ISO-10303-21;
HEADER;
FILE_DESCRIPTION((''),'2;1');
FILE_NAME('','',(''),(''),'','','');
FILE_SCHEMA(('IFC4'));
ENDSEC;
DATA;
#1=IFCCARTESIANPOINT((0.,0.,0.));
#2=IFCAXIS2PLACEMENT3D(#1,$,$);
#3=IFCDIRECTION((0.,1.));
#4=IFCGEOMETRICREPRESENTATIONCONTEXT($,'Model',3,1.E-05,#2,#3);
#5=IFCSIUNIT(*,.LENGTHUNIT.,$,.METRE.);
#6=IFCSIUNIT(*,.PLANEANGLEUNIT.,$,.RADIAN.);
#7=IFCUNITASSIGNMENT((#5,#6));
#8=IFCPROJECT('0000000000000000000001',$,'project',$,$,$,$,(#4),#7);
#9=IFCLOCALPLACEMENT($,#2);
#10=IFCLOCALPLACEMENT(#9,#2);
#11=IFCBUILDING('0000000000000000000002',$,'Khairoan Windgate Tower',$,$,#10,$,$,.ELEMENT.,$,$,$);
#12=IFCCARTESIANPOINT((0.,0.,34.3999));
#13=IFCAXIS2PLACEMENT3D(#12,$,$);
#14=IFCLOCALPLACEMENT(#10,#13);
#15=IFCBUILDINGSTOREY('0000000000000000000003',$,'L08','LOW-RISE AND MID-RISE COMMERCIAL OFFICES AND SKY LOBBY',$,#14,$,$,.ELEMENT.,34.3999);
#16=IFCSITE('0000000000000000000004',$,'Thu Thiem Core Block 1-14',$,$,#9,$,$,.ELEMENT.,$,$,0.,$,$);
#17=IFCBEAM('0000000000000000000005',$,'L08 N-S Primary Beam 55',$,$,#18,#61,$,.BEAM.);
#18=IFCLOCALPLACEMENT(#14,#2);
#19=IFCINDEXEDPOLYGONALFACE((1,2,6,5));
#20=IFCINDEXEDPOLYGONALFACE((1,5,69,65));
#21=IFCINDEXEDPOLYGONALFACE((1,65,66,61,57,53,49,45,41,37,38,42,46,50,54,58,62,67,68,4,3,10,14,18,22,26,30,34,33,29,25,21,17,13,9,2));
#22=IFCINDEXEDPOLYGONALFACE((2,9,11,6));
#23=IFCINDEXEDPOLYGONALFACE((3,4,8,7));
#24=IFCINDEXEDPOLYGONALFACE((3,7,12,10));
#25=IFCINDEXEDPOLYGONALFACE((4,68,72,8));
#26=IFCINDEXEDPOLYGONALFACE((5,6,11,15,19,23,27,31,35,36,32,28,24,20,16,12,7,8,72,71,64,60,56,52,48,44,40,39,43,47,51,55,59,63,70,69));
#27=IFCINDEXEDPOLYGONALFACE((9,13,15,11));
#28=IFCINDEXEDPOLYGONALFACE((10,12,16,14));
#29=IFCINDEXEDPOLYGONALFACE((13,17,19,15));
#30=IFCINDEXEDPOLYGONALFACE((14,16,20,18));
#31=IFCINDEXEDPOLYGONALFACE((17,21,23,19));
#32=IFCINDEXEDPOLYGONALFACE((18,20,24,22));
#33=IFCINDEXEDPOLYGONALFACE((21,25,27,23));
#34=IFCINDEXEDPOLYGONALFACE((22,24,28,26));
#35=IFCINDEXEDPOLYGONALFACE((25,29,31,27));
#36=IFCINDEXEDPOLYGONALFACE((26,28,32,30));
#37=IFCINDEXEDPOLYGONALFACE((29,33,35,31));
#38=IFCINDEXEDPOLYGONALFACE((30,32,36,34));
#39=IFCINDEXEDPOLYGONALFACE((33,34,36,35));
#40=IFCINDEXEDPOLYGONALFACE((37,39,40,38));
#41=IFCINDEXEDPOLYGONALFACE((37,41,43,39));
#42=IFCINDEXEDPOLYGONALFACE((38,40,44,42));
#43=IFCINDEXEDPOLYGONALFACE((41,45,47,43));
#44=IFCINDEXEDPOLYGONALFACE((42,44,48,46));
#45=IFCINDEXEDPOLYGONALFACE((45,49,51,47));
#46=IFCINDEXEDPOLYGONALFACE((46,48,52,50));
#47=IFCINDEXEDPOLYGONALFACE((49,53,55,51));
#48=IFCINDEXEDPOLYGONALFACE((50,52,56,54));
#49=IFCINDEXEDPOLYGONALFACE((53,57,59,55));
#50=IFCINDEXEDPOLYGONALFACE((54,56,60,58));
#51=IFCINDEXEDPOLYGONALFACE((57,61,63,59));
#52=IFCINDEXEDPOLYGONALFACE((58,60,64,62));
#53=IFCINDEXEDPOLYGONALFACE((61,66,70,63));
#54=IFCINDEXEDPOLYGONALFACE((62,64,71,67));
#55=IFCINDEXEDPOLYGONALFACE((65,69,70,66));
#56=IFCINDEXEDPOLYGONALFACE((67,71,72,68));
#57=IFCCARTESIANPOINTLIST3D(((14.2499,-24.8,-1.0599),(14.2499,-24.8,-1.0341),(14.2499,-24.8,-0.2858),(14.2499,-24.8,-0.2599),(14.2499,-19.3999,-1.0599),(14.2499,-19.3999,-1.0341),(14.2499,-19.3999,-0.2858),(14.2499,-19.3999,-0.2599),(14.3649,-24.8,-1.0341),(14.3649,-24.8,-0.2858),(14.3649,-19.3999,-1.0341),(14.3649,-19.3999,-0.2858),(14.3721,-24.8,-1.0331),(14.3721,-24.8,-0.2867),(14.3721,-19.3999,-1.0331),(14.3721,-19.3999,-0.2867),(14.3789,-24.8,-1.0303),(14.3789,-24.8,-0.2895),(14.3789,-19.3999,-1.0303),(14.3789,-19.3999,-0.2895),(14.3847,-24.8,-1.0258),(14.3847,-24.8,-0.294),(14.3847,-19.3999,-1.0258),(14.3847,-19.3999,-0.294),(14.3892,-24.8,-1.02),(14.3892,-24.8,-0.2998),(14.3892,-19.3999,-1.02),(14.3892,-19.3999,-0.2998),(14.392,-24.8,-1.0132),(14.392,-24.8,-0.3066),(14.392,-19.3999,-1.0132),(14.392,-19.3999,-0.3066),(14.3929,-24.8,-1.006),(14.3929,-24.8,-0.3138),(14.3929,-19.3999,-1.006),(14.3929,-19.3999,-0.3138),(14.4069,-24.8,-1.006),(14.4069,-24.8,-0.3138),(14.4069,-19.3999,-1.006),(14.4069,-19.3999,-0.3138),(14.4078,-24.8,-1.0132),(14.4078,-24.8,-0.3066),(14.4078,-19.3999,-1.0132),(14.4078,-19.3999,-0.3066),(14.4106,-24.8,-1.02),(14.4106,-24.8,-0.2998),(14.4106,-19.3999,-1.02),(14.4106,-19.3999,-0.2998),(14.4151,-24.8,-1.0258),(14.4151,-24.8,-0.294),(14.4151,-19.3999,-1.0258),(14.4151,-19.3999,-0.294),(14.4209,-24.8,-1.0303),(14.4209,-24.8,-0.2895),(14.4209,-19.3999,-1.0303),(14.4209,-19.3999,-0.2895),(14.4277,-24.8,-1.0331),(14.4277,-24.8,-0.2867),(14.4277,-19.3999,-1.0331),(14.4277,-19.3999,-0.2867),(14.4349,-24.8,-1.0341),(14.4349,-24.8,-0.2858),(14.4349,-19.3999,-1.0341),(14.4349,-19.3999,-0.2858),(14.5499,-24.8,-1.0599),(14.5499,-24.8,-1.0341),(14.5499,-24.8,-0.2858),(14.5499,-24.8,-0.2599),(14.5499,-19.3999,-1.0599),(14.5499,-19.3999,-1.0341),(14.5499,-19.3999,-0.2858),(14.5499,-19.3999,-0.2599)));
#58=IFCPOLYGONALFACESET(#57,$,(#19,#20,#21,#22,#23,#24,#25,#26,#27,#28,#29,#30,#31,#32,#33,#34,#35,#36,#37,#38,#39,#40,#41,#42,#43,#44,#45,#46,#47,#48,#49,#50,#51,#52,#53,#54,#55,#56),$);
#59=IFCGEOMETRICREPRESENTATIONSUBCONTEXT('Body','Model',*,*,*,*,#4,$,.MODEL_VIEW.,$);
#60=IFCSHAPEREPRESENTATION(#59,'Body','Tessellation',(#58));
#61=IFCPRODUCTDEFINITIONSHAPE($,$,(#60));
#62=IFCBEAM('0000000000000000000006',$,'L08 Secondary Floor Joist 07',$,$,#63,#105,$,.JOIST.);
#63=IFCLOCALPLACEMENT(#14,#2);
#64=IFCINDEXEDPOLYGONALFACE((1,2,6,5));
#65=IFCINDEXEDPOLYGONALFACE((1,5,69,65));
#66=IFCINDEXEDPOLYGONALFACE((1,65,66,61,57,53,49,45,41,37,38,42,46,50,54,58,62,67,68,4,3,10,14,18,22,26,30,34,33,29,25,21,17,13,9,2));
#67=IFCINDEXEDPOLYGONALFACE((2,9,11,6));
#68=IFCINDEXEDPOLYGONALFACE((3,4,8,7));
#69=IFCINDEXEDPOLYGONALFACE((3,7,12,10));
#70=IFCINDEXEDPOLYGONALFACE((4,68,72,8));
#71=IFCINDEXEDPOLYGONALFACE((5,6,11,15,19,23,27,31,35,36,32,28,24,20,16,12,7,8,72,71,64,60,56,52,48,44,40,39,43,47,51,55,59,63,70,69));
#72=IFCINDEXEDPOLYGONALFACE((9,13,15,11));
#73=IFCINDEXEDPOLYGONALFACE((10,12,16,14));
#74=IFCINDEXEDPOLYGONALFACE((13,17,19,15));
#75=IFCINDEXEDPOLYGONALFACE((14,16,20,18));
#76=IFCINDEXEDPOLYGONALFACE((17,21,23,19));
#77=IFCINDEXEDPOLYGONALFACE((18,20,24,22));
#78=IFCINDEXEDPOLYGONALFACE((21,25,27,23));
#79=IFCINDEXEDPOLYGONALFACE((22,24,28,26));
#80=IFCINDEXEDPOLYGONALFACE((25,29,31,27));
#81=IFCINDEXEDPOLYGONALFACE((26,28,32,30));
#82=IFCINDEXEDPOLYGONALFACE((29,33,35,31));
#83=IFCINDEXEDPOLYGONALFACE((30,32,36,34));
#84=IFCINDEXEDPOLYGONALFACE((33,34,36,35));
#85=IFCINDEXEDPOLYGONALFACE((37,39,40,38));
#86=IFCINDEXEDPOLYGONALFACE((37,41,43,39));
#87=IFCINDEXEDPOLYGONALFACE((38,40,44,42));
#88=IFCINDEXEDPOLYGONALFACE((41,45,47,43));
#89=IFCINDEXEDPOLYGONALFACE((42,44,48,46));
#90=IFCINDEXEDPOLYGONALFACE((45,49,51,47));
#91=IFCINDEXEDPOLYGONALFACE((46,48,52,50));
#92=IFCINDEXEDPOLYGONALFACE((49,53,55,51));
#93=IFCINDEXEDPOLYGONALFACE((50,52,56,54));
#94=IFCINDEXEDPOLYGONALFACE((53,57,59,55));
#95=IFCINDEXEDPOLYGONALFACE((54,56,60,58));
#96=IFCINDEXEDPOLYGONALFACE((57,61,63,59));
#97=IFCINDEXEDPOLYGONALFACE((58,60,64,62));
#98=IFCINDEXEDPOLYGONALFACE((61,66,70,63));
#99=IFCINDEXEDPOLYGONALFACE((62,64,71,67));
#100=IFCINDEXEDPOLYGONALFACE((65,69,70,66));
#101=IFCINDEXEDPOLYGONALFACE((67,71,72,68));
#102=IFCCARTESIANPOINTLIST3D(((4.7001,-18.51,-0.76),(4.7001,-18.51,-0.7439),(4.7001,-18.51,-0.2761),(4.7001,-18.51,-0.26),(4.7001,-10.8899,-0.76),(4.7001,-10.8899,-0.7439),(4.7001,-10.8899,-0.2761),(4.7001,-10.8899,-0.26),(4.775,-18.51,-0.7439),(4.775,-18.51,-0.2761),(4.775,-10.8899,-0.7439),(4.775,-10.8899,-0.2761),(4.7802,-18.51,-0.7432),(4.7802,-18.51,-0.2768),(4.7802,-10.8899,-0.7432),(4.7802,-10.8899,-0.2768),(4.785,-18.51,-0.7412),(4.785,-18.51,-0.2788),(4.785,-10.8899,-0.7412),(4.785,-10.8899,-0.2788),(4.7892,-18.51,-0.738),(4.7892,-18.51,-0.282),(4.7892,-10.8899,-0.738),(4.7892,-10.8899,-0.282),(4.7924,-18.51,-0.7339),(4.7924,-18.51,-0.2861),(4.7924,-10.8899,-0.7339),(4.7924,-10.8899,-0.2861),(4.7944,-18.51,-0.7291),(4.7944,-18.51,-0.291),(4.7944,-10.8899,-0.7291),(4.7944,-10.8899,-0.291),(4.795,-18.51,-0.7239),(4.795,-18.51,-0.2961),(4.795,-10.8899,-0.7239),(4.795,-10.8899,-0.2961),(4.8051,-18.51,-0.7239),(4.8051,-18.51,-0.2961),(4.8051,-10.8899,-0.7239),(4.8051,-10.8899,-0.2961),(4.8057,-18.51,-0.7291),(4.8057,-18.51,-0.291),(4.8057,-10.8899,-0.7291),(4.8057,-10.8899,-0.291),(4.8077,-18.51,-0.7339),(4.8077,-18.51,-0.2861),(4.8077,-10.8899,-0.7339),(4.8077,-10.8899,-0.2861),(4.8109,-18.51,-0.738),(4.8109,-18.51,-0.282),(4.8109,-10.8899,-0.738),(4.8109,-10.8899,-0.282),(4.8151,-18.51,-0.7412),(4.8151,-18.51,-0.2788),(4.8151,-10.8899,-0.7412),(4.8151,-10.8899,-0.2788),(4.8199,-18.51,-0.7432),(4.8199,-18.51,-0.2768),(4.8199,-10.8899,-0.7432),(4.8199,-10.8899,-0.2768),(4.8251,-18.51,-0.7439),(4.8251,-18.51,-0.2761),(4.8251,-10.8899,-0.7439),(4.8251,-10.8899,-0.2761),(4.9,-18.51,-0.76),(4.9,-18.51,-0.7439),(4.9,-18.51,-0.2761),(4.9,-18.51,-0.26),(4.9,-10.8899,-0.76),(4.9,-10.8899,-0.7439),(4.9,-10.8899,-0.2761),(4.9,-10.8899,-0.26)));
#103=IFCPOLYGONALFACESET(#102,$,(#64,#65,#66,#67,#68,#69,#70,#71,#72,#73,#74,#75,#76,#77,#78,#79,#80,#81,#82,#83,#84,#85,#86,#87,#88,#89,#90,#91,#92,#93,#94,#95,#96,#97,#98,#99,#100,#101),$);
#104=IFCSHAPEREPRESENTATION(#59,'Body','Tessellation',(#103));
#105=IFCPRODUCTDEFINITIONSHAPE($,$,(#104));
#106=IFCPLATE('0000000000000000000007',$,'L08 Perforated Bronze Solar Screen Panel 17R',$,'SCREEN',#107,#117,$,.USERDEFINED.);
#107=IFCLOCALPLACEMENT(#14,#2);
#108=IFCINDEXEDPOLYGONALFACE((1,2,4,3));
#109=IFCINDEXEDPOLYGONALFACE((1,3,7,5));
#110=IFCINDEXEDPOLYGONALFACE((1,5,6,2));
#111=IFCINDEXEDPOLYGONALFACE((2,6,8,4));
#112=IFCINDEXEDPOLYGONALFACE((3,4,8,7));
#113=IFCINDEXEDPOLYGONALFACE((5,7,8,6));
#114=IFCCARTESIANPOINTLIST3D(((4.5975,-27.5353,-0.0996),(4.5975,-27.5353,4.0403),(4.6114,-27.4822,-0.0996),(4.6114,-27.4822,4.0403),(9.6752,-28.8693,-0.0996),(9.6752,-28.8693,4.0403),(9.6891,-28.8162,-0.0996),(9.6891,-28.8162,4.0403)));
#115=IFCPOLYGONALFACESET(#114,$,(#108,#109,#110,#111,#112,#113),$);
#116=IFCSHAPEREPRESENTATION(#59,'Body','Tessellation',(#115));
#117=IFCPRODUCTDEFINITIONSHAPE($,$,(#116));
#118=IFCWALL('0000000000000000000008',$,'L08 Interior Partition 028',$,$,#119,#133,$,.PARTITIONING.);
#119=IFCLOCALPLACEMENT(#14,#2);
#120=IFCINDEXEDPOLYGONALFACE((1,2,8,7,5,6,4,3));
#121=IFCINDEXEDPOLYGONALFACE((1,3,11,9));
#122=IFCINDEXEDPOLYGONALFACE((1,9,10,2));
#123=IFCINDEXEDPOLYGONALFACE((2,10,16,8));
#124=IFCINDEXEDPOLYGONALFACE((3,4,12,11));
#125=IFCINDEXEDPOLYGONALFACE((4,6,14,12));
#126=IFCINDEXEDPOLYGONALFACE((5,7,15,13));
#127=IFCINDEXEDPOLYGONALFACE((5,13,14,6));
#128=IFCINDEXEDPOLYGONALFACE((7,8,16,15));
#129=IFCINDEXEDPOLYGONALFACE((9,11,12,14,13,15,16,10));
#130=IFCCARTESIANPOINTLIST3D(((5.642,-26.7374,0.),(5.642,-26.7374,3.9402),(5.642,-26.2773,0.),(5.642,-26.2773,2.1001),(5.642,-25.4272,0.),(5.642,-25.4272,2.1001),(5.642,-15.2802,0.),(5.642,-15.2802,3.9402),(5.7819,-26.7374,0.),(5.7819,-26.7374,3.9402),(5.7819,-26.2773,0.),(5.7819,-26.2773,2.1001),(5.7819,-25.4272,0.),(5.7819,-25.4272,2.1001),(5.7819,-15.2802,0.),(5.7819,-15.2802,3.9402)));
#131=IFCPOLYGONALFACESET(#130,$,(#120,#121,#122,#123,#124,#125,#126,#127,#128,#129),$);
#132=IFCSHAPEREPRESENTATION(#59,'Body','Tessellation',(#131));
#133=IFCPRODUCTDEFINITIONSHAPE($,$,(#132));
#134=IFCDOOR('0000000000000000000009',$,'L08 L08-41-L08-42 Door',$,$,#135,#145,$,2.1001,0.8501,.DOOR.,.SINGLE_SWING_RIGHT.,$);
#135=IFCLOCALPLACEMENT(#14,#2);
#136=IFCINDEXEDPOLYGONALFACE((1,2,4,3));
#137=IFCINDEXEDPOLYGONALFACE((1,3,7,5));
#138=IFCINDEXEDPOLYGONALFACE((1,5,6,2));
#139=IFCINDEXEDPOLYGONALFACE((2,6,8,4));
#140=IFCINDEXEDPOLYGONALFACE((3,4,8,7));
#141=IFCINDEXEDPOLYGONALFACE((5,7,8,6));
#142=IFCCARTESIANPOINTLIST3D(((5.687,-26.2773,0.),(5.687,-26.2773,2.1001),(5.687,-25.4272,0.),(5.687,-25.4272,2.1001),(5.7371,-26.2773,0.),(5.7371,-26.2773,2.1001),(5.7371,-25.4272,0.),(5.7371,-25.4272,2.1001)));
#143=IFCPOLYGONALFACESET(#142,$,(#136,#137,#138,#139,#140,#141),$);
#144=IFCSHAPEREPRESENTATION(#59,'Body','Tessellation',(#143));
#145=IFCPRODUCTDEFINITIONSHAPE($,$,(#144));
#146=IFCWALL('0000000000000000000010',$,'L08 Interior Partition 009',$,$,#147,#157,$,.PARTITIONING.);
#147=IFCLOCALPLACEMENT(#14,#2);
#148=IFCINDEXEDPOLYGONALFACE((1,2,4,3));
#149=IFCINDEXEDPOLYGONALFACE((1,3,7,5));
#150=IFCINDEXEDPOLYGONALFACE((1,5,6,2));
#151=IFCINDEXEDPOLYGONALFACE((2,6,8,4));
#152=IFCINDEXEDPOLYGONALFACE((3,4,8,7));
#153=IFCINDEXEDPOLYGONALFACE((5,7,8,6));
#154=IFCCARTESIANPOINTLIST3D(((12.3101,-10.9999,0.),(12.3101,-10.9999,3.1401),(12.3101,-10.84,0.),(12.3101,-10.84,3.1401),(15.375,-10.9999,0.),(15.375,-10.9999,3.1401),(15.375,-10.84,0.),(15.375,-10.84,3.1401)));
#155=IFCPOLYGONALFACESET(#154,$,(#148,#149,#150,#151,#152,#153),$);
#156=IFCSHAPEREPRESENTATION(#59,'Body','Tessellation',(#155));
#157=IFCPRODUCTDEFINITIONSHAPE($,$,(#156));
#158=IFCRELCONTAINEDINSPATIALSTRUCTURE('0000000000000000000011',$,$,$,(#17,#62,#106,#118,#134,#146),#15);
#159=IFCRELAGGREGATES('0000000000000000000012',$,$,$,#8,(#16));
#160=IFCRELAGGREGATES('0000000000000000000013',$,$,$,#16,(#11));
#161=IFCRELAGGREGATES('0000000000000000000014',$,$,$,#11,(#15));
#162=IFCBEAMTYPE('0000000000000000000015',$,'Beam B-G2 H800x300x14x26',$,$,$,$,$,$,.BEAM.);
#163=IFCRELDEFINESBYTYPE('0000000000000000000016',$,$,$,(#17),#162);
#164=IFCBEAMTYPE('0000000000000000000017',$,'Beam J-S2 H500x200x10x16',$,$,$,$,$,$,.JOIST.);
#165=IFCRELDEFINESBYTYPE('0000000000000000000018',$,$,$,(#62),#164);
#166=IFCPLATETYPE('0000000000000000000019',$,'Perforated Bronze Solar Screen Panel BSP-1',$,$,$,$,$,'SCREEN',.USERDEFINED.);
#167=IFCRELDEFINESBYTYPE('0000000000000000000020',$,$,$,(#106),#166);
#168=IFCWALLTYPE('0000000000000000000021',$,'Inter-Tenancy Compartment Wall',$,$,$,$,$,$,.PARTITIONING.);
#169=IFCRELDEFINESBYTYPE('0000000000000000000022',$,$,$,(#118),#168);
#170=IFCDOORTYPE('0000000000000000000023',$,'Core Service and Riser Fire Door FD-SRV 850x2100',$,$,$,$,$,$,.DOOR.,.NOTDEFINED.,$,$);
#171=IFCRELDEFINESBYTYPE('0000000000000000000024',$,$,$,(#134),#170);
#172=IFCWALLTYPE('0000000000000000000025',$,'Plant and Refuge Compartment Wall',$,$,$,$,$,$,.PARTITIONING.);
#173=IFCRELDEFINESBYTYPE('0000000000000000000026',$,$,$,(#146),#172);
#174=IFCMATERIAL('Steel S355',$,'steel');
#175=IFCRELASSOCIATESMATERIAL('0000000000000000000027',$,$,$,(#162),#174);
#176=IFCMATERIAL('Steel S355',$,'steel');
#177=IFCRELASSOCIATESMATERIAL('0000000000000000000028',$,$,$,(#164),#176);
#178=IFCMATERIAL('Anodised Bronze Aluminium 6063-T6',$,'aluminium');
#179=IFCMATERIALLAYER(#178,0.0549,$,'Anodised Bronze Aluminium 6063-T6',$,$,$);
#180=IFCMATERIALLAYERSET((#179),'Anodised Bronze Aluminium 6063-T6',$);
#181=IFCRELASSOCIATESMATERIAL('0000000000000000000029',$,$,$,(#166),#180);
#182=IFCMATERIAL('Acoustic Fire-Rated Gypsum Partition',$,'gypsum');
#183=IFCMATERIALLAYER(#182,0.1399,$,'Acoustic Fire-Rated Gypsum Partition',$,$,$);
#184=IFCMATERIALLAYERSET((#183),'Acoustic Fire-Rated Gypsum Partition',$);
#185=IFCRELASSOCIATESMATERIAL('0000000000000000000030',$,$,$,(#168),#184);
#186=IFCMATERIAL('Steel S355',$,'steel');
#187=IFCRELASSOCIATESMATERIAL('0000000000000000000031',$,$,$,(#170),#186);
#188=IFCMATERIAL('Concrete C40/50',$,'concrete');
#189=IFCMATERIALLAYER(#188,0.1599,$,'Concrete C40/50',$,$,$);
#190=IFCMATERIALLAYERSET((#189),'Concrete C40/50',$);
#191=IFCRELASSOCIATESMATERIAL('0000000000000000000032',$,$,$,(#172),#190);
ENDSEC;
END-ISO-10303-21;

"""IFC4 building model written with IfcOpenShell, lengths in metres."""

from ifc_helpers import new_model, si_unit, direction, frame, frame_2d, origin, origin_2d, place, context, subcontext, project, spatial, rectangle, i_section, extrude, material, layer, layer_set, material_profile, profile_set, type_object, element, fill, save


model = new_model("IFC4")

# Units and contexts
model_context = context("Model", 3, precision=1e-05, world=origin(), true_north=direction((0.0, 1.0)))
body_context = subcontext(model_context, "Body", "Model", "MODEL_VIEW")
ifc_project = project(units=[si_unit("LENGTHUNIT", "METRE"), si_unit("PLANEANGLEUNIT", "RADIAN")], contexts=[model_context])

# Site, building, storey
site_placement = place(None, origin())
site = spatial("IfcSite", under=ifc_project, at=site_placement, Name="Thu Thiem Core Block 1-14", CompositionType="ELEMENT", RefElevation=0.0)
building_placement = place(site_placement, origin())
building = spatial("IfcBuilding", under=site, at=building_placement, Name="Khairoan Windgate Tower", CompositionType="ELEMENT")
storey_placement = place(building_placement, frame((0.0, 0.0, 34.3999)))
storey = spatial("IfcBuildingStorey", under=building, at=storey_placement, Name="L08", Description="LOW-RISE AND MID-RISE COMMERCIAL OFFICES AND SKY LOBBY", CompositionType="ELEMENT", Elevation=34.3999)

# Beams
ifc_material_1 = material(Name="Steel S355", Category="steel")
ifc_material_profile_1 = material_profile(ifc_material_1, i_section(OverallWidth=0.3, OverallDepth=0.8, WebThickness=0.0139, FlangeThickness=0.0259, FilletRadius=0.0281, at=origin_2d()))
ifc_profile_set_1 = profile_set([ifc_material_profile_1], Name="Steel S355")
beam_type_1 = type_object("IfcBeamType", Name="Beam B-G2 H800x300x14x26", PredefinedType="BEAM", material=ifc_profile_set_1)
beam_1_placement = place(storey_placement, frame((14.3999, -24.8, -0.6599), z_axis=(0.0, 1.0, 0.0), x_axis=(-1.0, 0.0, 0.0)))
element("IfcBeam", 1, at=beam_1_placement, inside=storey, type_object=beam_type_1, Name="L08 N-S Primary Beam 55", PredefinedType="BEAM", context=body_context, shape_type="SweptSolid", body=[
    extrude(i_section(OverallWidth=0.3, OverallDepth=0.8, WebThickness=0.0139, FlangeThickness=0.0259, FilletRadius=0.0281, at=origin_2d()), origin(), (0.0, 0.0, 1.0), 5.4001),
])
ifc_material_2 = material(Name="Steel S355", Category="steel")
ifc_material_profile_2 = material_profile(ifc_material_2, i_section(OverallWidth=0.2, OverallDepth=0.5, WebThickness=0.01, FlangeThickness=0.0161, FilletRadius=0.02, at=origin_2d()))
ifc_profile_set_2 = profile_set([ifc_material_profile_2], Name="Steel S355")
beam_type_2 = type_object("IfcBeamType", Name="Beam J-S2 H500x200x10x16", PredefinedType="JOIST", material=ifc_profile_set_2)
beam_2_placement = place(storey_placement, frame((4.8, -18.51, -0.51), z_axis=(0.0, 1.0, 0.0), x_axis=(-1.0, 0.0, 0.0)))
element("IfcBeam", 2, at=beam_2_placement, inside=storey, type_object=beam_type_2, Name="L08 Secondary Floor Joist 07", PredefinedType="JOIST", context=body_context, shape_type="SweptSolid", body=[
    extrude(i_section(OverallWidth=0.2, OverallDepth=0.5, WebThickness=0.01, FlangeThickness=0.0161, FilletRadius=0.02, at=origin_2d()), origin(), (0.0, 0.0, 1.0), 7.6201),
])

# Plate
ifc_material_3 = material(Name="Anodised Bronze Aluminium 6063-T6", Category="aluminium")
ifc_layer_1 = layer(ifc_material_3, 0.0549, Name="Anodised Bronze Aluminium 6063-T6")
ifc_layer_set_1 = layer_set([ifc_layer_1], Name="Anodised Bronze Aluminium 6063-T6")
plate_type = type_object("IfcPlateType", Name="Perforated Bronze Solar Screen Panel BSP-1", ElementType="SCREEN", PredefinedType="USERDEFINED", material=ifc_layer_set_1)
plate_placement = place(storey_placement, frame((7.1433, -28.1758, -0.0996), z_axis=(0.0, 0.0, 1.0), x_axis=(-0.967179, 0.254096, 0.0)))
element("IfcPlate", 3, at=plate_placement, inside=storey, type_object=plate_type, Name="L08 Perforated Bronze Solar Screen Panel 17R", ObjectType="SCREEN", PredefinedType="USERDEFINED", context=body_context, shape_type="SweptSolid", body=[
    extrude(rectangle(XDim=5.25, YDim=0.0549, at=origin_2d()), origin(), (0.0, 0.0, 1.0), 4.1399),
])

# Wall, opening, door
ifc_material_4 = material(Name="Acoustic Fire-Rated Gypsum Partition", Category="gypsum")
ifc_layer_2 = layer(ifc_material_4, 0.1399, Name="Acoustic Fire-Rated Gypsum Partition")
ifc_layer_set_2 = layer_set([ifc_layer_2], Name="Acoustic Fire-Rated Gypsum Partition")
wall_type_1 = type_object("IfcWallType", Name="Inter-Tenancy Compartment Wall", PredefinedType="PARTITIONING", material=ifc_layer_set_2)
wall_1_placement = place(storey_placement, frame((5.7119, -26.7373, 0.0), z_axis=(0.0, 0.0, 1.0), x_axis=(0.0, 1.0, 0.0)))
wall_1 = element("IfcWall", 4, at=wall_1_placement, inside=storey, type_object=wall_type_1, Name="L08 Interior Partition 028", PredefinedType="PARTITIONING", context=body_context, shape_type="SweptSolid", body=[
    extrude(rectangle(XDim=11.4573, YDim=0.1399, at=frame_2d((5.7285, 0.0))), origin(), (0.0, 0.0, 1.0), 3.9402),
])
opening_1_placement = place(wall_1_placement, frame((0.46, 0.0, 0.0)))
opening_1 = element("IfcOpeningElement", 5, at=opening_1_placement, cuts=wall_1, PredefinedType="OPENING", context=body_context, shape_type="SweptSolid", body=[
    extrude(rectangle(XDim=0.8501, YDim=2.1001, at=frame_2d((0.425, 1.05))), frame((0.0, 0.0798, 0.0), z_axis=(0.0, -1.0, 0.0), x_axis=(1.0, 0.0, 0.0)), (0.0, 0.0, 1.0), 0.1599),
])
ifc_material_5 = material(Name="Steel S355", Category="steel")
door_type_1 = type_object("IfcDoorType", Name="Core Service and Riser Fire Door FD-SRV 850x2100", OperationType="NOTDEFINED", PredefinedType="DOOR", material=ifc_material_5)
door_1_placement = place(opening_1_placement, origin())
door_1 = element("IfcDoor", 6, at=door_1_placement, inside=storey, type_object=door_type_1, Name="L08 L08-41-L08-42 Door", OperationType="SINGLE_SWING_RIGHT", OverallHeight=2.1001, OverallWidth=0.8501, PredefinedType="DOOR", context=body_context, shape_type="SweptSolid", body=[
    extrude(rectangle(XDim=0.8501, YDim=2.1001, at=frame_2d((0.425, 1.05))), frame((0.0, 0.0249, 0.0), z_axis=(0.0, -1.0, 0.0), x_axis=(1.0, 0.0, 0.0)), (0.0, 0.0, 1.0), 0.05),
])
fill(opening_1, door_1)

# Wall
ifc_material_6 = material(Name="Concrete C40/50", Category="concrete")
ifc_layer_3 = layer(ifc_material_6, 0.1599, Name="Concrete C40/50")
ifc_layer_set_3 = layer_set([ifc_layer_3], Name="Concrete C40/50")
wall_type_2 = type_object("IfcWallType", Name="Plant and Refuge Compartment Wall", PredefinedType="PARTITIONING", material=ifc_layer_set_3)
wall_2_placement = place(storey_placement, frame((12.3101, -10.9199, 0.0), z_axis=(0.0, 0.0, 1.0), x_axis=(1.0, 0.0, 0.0)))
element("IfcWall", 7, at=wall_2_placement, inside=storey, type_object=wall_type_2, Name="L08 Interior Partition 009", PredefinedType="PARTITIONING", context=body_context, shape_type="SweptSolid", body=[
    extrude(rectangle(XDim=3.0649, YDim=0.1599, at=frame_2d((1.5325, 0.0))), origin(), (0.0, 0.0, 1.0), 3.1401),
])

save(model, "model.ifc")
